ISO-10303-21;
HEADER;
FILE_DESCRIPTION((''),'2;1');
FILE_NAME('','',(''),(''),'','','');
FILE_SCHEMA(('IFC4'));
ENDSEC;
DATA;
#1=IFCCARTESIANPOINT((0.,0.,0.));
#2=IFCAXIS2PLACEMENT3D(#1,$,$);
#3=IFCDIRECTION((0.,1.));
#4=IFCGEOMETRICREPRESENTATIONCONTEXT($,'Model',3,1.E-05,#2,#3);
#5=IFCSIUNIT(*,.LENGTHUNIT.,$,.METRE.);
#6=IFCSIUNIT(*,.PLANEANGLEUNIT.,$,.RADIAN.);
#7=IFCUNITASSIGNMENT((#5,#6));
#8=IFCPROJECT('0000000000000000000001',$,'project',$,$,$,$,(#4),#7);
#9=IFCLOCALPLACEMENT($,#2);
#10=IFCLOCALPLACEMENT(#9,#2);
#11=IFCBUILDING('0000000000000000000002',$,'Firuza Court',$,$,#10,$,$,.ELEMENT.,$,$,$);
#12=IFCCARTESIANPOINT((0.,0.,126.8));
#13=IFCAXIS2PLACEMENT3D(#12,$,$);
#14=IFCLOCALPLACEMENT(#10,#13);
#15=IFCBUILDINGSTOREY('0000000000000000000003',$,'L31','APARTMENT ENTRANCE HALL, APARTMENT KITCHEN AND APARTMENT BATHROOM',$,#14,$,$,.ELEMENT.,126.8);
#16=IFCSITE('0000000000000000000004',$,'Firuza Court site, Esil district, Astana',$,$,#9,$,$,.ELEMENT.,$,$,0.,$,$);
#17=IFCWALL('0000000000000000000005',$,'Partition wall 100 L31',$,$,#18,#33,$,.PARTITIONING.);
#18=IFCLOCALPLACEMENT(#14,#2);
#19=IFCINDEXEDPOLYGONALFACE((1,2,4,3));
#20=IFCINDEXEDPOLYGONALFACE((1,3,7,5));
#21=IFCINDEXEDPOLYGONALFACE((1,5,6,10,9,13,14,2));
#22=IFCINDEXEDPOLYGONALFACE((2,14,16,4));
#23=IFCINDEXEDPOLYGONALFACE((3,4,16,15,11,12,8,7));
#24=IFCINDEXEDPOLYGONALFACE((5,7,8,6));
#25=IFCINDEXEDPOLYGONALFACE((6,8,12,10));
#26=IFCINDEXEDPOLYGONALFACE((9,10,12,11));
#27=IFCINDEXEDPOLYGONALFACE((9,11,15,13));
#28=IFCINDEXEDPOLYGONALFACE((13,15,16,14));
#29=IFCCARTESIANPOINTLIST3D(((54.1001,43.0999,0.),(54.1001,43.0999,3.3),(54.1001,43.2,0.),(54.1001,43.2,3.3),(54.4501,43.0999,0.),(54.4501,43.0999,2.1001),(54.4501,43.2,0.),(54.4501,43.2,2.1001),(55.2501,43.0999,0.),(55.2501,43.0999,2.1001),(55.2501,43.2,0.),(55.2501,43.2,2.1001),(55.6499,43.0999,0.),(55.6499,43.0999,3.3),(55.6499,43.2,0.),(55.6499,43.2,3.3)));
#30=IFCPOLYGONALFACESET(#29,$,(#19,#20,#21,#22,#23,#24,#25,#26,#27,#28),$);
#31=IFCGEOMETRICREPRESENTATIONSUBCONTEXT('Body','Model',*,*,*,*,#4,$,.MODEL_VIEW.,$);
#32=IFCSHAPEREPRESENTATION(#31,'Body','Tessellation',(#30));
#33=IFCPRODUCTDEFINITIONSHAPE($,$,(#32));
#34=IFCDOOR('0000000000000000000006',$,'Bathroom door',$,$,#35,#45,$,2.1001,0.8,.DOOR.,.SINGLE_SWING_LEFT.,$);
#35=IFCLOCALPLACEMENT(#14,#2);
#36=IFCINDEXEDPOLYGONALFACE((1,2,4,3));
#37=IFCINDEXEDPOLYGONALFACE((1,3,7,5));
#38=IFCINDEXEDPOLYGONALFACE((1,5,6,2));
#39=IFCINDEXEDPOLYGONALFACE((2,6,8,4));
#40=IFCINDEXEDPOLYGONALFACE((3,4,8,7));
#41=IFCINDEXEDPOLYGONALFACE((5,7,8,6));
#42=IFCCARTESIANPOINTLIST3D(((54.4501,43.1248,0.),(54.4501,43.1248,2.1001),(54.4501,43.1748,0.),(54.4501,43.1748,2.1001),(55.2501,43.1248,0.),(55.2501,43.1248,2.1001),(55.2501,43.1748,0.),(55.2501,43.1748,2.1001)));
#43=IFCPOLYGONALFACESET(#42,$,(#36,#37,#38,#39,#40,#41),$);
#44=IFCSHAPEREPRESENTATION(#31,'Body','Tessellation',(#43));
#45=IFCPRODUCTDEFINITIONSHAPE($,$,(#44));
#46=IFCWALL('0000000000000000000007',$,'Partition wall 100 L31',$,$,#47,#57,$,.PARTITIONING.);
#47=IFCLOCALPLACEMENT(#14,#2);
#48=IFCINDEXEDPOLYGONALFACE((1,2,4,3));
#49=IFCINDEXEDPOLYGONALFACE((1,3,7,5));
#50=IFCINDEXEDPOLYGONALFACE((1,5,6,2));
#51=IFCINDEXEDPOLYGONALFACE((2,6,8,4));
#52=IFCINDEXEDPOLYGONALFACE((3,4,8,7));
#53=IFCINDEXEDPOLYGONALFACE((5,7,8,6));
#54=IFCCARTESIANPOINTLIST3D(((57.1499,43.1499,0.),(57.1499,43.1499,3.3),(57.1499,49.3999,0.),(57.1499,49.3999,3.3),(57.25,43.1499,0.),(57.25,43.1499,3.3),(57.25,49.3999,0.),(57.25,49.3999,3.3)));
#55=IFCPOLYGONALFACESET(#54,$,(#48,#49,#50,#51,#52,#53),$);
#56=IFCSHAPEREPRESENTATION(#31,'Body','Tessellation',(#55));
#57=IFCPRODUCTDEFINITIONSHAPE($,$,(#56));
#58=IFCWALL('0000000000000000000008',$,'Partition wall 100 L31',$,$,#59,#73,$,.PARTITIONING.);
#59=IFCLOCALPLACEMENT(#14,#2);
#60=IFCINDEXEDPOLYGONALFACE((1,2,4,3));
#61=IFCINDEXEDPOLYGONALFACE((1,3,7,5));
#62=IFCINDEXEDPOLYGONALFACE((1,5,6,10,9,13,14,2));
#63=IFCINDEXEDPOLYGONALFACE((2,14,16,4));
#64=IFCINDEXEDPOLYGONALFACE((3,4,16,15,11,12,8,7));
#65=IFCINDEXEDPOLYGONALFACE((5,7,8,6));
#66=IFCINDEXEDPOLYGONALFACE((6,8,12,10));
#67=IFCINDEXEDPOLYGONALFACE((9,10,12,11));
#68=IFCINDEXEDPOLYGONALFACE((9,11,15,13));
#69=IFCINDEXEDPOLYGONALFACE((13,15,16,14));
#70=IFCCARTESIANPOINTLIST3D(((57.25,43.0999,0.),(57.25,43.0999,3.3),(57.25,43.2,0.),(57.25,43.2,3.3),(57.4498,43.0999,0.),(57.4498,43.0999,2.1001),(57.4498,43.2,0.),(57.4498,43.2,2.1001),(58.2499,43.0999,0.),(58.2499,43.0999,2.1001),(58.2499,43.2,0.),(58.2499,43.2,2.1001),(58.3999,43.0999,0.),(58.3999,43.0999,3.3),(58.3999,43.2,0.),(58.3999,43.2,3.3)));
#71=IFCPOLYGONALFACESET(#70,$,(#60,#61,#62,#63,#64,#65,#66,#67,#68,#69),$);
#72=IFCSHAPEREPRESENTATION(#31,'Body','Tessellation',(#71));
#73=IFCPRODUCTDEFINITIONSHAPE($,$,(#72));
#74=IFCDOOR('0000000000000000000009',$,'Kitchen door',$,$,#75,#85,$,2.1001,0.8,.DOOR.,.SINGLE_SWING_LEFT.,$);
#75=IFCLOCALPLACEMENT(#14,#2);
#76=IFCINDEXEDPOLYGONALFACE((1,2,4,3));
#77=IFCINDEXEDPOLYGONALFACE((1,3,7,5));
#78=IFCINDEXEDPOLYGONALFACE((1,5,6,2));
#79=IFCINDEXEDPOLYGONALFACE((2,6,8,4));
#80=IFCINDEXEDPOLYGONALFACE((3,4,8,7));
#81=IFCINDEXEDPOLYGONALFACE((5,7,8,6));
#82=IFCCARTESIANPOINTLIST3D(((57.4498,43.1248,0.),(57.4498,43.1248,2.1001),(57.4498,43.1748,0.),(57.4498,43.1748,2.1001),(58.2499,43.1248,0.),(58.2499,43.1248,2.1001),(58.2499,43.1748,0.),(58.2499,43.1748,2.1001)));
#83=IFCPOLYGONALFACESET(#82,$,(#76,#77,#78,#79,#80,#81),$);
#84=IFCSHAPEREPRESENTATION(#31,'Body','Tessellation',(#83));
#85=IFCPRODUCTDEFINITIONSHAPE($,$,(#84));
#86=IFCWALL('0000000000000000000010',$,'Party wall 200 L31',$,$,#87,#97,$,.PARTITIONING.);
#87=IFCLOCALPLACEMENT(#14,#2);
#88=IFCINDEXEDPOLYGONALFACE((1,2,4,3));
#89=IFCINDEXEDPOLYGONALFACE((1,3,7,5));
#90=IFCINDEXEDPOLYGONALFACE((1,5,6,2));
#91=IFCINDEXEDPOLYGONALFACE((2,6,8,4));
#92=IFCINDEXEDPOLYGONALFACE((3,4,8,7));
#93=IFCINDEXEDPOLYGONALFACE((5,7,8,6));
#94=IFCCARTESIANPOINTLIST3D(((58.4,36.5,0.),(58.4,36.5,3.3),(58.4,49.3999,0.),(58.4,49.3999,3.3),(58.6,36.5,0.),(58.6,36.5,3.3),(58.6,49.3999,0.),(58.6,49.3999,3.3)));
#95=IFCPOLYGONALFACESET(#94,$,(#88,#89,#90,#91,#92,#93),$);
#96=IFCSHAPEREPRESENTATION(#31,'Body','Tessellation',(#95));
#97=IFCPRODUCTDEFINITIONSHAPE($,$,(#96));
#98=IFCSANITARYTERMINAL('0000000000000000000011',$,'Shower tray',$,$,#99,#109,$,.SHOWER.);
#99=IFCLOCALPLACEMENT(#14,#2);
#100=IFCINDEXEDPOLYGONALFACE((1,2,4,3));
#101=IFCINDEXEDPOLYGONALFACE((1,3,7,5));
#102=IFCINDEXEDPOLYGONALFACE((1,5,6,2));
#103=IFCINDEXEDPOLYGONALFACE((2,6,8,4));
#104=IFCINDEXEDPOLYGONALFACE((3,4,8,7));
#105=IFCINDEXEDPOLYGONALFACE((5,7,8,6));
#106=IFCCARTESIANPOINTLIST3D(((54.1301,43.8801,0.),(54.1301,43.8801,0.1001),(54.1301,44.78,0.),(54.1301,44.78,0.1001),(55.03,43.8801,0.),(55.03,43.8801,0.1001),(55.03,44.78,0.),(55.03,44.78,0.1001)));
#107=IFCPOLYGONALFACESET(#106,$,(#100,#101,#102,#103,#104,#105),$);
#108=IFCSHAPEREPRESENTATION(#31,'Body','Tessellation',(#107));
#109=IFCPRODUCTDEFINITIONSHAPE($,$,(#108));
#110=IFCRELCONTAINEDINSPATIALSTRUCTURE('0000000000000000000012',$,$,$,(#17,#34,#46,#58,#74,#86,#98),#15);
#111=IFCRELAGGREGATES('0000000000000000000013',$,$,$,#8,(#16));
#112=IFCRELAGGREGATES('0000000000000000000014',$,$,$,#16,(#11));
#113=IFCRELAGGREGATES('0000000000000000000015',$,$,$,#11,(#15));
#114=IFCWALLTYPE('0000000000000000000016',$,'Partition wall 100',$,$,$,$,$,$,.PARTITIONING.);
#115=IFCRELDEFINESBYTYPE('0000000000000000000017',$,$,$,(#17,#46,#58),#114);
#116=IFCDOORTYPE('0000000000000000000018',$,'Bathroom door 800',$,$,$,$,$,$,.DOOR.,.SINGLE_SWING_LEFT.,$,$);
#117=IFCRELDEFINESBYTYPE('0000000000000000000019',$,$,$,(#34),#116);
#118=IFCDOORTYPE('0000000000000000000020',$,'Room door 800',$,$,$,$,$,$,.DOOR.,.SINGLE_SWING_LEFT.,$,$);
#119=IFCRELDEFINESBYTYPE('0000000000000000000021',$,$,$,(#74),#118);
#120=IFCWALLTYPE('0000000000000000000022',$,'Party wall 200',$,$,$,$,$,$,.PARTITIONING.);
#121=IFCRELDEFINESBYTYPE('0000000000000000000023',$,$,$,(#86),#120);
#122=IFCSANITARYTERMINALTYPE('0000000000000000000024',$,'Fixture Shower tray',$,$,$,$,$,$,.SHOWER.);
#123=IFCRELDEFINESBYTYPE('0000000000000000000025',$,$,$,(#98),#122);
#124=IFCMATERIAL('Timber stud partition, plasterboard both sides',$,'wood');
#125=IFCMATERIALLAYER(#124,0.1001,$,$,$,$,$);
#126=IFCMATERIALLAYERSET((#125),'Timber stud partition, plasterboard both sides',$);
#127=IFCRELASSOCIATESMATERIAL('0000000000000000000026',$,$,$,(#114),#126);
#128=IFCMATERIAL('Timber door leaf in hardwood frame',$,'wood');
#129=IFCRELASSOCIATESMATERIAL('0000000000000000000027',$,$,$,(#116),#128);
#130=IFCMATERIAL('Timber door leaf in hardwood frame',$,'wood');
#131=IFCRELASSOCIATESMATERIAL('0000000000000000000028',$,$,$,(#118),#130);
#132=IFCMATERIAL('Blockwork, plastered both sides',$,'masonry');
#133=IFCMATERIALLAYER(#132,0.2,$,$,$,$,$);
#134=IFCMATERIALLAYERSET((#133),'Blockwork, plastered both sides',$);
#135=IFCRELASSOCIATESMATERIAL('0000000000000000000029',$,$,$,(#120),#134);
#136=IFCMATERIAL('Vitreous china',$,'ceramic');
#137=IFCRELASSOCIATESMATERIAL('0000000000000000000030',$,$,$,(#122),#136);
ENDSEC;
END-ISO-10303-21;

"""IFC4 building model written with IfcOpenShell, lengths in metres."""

from ifc_helpers import new_model, si_unit, direction, frame, frame_2d, origin, origin_2d, place, context, subcontext, project, spatial, rectangle, extrude, material, layer, layer_set, type_object, element, fill, save


model = new_model("IFC4")

# Units and contexts
model_context = context("Model", 3, precision=1e-05, world=origin(), true_north=direction((0.0, 1.0)))
body_context = subcontext(model_context, "Body", "Model", "MODEL_VIEW")
ifc_project = project(units=[si_unit("LENGTHUNIT", "METRE"), si_unit("PLANEANGLEUNIT", "RADIAN")], contexts=[model_context])

# Site, building, storey
site_placement = place(None, origin())
site = spatial("IfcSite", under=ifc_project, at=site_placement, Name="Firuza Court site, Esil district, Astana", CompositionType="ELEMENT", RefElevation=0.0)
building_placement = place(site_placement, origin())
building = spatial("IfcBuilding", under=site, at=building_placement, Name="Firuza Court", CompositionType="ELEMENT")
storey_placement = place(building_placement, frame((0.0, 0.0, 126.8)))
storey = spatial("IfcBuildingStorey", under=building, at=storey_placement, Name="L31", Description="APARTMENT ENTRANCE HALL, APARTMENT KITCHEN AND APARTMENT BATHROOM", CompositionType="ELEMENT", Elevation=126.8)

# Wall, opening, door
ifc_material_1 = material(Name="Blockwork, plastered both sides", Category="masonry")
ifc_material_2 = material(Name="Timber stud partition, plasterboard both sides", Category="wood")
ifc_layer_1 = layer(ifc_material_2, 0.1001)
ifc_layer_set_1 = layer_set([ifc_layer_1], Name="Timber stud partition, plasterboard both sides")
wall_type_1 = type_object("IfcWallType", Name="Partition wall 100", PredefinedType="PARTITIONING", material=ifc_layer_set_1)
wall_1_placement = place(storey_placement, frame((54.1001, 43.1499, 0.0), z_axis=(0.0, 0.0, 1.0), x_axis=(1.0, 0.0, 0.0)))
wall_1 = element("IfcWall", 1, at=wall_1_placement, inside=storey, type_object=wall_type_1, Name="Partition wall 100 L31", PredefinedType="PARTITIONING", context=body_context, shape_type="SweptSolid", body=[
    extrude(rectangle(XDim=1.5498, YDim=0.1001, at=frame_2d((0.7749, 0.0))), origin(), (0.0, 0.0, 1.0), 3.3),
])
opening_1_placement = place(wall_1_placement, frame((0.3501, 0.0, 0.0)))
opening_1 = element("IfcOpeningElement", 2, at=opening_1_placement, cuts=wall_1, PredefinedType="OPENING", context=body_context, shape_type="SweptSolid", body=[
    extrude(rectangle(XDim=0.8, YDim=2.1001, at=frame_2d((0.3999, 1.05))), frame((0.0, 0.062, 0.0), z_axis=(0.0, -1.0, 0.0), x_axis=(1.0, 0.0, 0.0)), (0.0, 0.0, 1.0), 0.124),
])
ifc_material_3 = material(Name="Timber door leaf in hardwood frame", Category="wood")
door_type_1 = type_object("IfcDoorType", Name="Bathroom door 800", OperationType="SINGLE_SWING_LEFT", PredefinedType="DOOR", material=ifc_material_3)
door_1_placement = place(opening_1_placement, origin())
door_1 = element("IfcDoor", 3, at=door_1_placement, inside=storey, type_object=door_type_1, Name="Bathroom door", OperationType="SINGLE_SWING_LEFT", OverallHeight=2.1001, OverallWidth=0.8, PredefinedType="DOOR", context=body_context, shape_type="SweptSolid", body=[
    extrude(rectangle(XDim=0.8, YDim=2.1001, at=frame_2d((0.3999, 1.05))), frame((0.0, 0.0249, 0.0), z_axis=(0.0, -1.0, 0.0), x_axis=(1.0, 0.0, 0.0)), (0.0, 0.0, 1.0), 0.05),
])
fill(opening_1, door_1)

# Wall
wall_2_placement = place(storey_placement, frame((57.2, 43.1499, 0.0), z_axis=(0.0, 0.0, 1.0), x_axis=(0.0, 1.0, 0.0)))
element("IfcWall", 4, at=wall_2_placement, inside=storey, type_object=wall_type_1, Name="Partition wall 100 L31", PredefinedType="PARTITIONING", context=body_context, shape_type="SweptSolid", body=[
    extrude(rectangle(XDim=6.25, YDim=0.1001, at=frame_2d((3.125, 0.0))), origin(), (0.0, 0.0, 1.0), 3.3),
])

# Wall, opening, door
wall_3_placement = place(storey_placement, frame((57.25, 43.1499, 0.0), z_axis=(0.0, 0.0, 1.0), x_axis=(1.0, 0.0, 0.0)))
wall_3 = element("IfcWall", 5, at=wall_3_placement, inside=storey, type_object=wall_type_1, Name="Partition wall 100 L31", PredefinedType="PARTITIONING", context=body_context, shape_type="SweptSolid", body=[
    extrude(rectangle(XDim=1.1499, YDim=0.1001, at=frame_2d((0.575, 0.0))), origin(), (0.0, 0.0, 1.0), 3.3),
])
opening_2_placement = place(wall_3_placement, frame((0.2, 0.0, 0.0)))
opening_2 = element("IfcOpeningElement", 6, at=opening_2_placement, cuts=wall_3, PredefinedType="OPENING", context=body_context, shape_type="SweptSolid", body=[
    extrude(rectangle(XDim=0.8, YDim=2.1001, at=frame_2d((0.3999, 1.05))), frame((0.0, 0.062, 0.0), z_axis=(0.0, -1.0, 0.0), x_axis=(1.0, 0.0, 0.0)), (0.0, 0.0, 1.0), 0.124),
])
ifc_material_4 = material(Name="Timber door leaf in hardwood frame", Category="wood")
door_type_2 = type_object("IfcDoorType", Name="Room door 800", OperationType="SINGLE_SWING_LEFT", PredefinedType="DOOR", material=ifc_material_4)
door_2_placement = place(opening_2_placement, origin())
door_2 = element("IfcDoor", 7, at=door_2_placement, inside=storey, type_object=door_type_2, Name="Kitchen door", OperationType="SINGLE_SWING_LEFT", OverallHeight=2.1001, OverallWidth=0.8, PredefinedType="DOOR", context=body_context, shape_type="SweptSolid", body=[
    extrude(rectangle(XDim=0.8, YDim=2.1001, at=frame_2d((0.3999, 1.05))), frame((0.0, 0.0249, 0.0), z_axis=(0.0, -1.0, 0.0), x_axis=(1.0, 0.0, 0.0)), (0.0, 0.0, 1.0), 0.05),
])
fill(opening_2, door_2)

# Wall
ifc_layer_2 = layer(ifc_material_1, 0.2)
ifc_layer_set_2 = layer_set([ifc_layer_2], Name="Blockwork, plastered both sides")
wall_type_2 = type_object("IfcWallType", Name="Party wall 200", PredefinedType="PARTITIONING", material=ifc_layer_set_2)
wall_4_placement = place(storey_placement, frame((58.5, 36.5, 0.0), z_axis=(0.0, 0.0, 1.0), x_axis=(0.0, 1.0, 0.0)))
element("IfcWall", 8, at=wall_4_placement, inside=storey, type_object=wall_type_2, Name="Party wall 200 L31", PredefinedType="PARTITIONING", context=body_context, shape_type="SweptSolid", body=[
    extrude(rectangle(XDim=12.8999, YDim=0.2, at=frame_2d((6.45, 0.0))), origin(), (0.0, 0.0, 1.0), 3.3),
])

# Sanitary terminal
ifc_material_5 = material(Name="Vitreous china", Category="ceramic")
sanitary_terminal_type = type_object("IfcSanitaryTerminalType", Name="Fixture Shower tray", PredefinedType="SHOWER", material=ifc_material_5)
sanitary_terminal_placement = place(storey_placement, frame((54.5801, 44.3301, 0.0), z_axis=(0.0, 0.0, 1.0), x_axis=(1.0, 0.0, 0.0)))
element("IfcSanitaryTerminal", 9, at=sanitary_terminal_placement, inside=storey, type_object=sanitary_terminal_type, Name="Shower tray", PredefinedType="SHOWER", context=body_context, shape_type="SweptSolid", body=[
    extrude(rectangle(XDim=0.8999, YDim=0.8999, at=origin_2d()), origin(), (0.0, 0.0, 1.0), 0.1001),
])

save(model, "model.ifc")
